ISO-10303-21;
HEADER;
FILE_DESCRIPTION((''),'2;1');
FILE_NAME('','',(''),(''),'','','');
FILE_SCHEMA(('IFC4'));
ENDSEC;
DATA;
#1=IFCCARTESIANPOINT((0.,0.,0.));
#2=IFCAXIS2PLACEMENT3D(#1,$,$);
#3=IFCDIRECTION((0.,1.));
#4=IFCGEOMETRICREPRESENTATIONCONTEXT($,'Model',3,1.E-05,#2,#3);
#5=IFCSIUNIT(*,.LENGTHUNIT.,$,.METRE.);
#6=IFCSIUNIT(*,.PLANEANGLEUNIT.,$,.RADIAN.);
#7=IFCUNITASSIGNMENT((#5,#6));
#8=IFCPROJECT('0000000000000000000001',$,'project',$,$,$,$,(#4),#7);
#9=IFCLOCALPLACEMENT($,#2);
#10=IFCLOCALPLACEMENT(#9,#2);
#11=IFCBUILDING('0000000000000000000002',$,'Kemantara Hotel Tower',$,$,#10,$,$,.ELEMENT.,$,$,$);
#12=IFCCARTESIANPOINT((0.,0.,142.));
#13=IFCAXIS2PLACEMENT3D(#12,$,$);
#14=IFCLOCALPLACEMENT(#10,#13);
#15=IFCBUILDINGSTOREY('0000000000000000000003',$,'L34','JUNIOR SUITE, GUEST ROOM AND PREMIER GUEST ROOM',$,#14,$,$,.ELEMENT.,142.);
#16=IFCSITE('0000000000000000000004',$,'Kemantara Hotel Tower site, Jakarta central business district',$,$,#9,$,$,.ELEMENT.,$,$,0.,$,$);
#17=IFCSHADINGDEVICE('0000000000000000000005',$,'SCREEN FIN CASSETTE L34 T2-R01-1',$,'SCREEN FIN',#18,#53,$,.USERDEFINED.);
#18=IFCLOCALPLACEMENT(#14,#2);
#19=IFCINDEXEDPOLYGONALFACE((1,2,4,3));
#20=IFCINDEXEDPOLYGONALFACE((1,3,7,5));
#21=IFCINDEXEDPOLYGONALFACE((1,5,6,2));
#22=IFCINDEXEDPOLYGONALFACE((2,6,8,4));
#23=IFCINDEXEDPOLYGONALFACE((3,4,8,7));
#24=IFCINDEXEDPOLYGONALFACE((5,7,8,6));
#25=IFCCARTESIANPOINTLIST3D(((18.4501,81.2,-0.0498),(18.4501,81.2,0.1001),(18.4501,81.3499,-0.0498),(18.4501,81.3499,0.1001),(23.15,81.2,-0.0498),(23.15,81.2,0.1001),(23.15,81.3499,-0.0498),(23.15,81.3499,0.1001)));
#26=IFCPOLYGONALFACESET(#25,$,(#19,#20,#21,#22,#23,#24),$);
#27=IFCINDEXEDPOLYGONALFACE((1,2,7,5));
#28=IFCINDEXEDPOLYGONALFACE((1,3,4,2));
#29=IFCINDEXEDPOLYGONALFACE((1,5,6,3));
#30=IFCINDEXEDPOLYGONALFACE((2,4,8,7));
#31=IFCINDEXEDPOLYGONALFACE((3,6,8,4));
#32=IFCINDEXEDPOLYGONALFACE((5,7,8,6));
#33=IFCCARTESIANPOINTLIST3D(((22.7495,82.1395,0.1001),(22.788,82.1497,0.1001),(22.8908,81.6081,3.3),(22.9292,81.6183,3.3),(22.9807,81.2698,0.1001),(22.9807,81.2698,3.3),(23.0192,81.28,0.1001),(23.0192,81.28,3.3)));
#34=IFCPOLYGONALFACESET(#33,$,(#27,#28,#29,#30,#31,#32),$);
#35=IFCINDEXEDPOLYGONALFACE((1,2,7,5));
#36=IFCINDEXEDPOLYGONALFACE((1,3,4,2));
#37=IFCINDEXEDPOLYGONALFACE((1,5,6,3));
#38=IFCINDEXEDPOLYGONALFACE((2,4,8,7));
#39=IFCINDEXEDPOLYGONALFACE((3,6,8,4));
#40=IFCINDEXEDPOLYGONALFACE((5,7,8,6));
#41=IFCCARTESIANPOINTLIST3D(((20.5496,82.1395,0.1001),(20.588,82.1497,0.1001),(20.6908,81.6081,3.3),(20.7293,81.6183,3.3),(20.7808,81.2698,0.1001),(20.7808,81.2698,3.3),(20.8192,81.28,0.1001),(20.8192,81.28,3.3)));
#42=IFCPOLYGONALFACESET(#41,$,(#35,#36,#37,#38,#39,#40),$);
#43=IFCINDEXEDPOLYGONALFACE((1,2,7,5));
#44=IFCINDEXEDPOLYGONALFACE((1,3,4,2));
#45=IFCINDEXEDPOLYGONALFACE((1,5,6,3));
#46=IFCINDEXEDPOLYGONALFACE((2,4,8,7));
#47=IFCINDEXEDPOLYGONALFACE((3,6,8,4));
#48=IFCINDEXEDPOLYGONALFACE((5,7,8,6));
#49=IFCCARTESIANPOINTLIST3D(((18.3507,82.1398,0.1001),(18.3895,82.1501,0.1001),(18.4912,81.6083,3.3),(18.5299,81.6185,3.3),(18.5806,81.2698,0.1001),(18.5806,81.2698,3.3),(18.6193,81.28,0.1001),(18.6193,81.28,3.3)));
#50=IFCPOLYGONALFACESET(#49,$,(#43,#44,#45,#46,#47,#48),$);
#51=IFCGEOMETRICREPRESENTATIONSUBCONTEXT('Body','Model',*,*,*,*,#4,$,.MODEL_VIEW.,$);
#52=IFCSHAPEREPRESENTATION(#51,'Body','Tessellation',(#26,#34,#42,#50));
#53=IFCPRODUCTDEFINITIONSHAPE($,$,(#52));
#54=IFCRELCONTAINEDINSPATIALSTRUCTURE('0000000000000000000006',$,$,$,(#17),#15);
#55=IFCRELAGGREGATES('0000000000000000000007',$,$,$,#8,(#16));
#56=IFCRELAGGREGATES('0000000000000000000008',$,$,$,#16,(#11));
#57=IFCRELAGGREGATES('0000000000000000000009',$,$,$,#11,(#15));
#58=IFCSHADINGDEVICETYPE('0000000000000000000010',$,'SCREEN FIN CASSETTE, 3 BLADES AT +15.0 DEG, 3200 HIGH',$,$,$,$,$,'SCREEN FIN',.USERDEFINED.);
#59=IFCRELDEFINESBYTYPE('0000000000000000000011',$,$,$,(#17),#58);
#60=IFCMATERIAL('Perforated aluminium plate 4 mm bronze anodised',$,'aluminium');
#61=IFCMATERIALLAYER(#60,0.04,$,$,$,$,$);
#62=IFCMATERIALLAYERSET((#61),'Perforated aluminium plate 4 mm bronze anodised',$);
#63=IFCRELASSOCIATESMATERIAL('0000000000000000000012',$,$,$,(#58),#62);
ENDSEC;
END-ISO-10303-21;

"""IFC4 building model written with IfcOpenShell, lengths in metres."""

from ifc_helpers import new_model, si_unit, direction, frame, origin, origin_2d, place, context, subcontext, project, spatial, polyline, rectangle, outline, extrude, source, transform, mapped, material, layer, layer_set, type_object, element, save


model = new_model("IFC4")

# Units and contexts
model_context = context("Model", 3, precision=1e-05, world=origin(), true_north=direction((0.0, 1.0)))
body_context = subcontext(model_context, "Body", "Model", "MODEL_VIEW")
ifc_project = project(units=[si_unit("LENGTHUNIT", "METRE"), si_unit("PLANEANGLEUNIT", "RADIAN")], contexts=[model_context])

# Site, building, storey
site_placement = place(None, origin())
site = spatial("IfcSite", under=ifc_project, at=site_placement, Name="Kemantara Hotel Tower site, Jakarta central business district", CompositionType="ELEMENT", RefElevation=0.0)
building_placement = place(site_placement, origin())
building = spatial("IfcBuilding", under=site, at=building_placement, Name="Kemantara Hotel Tower", CompositionType="ELEMENT")
storey_placement = place(building_placement, frame((0.0, 0.0, 142.0)))
storey = spatial("IfcBuildingStorey", under=building, at=storey_placement, Name="L34", Description="JUNIOR SUITE, GUEST ROOM AND PREMIER GUEST ROOM", CompositionType="ELEMENT", Elevation=142.0)

# Shading device
ifc_material_1 = material(Name="Perforated aluminium plate 4 mm bronze anodised", Category="aluminium")
ifc_layer_1 = layer(ifc_material_1, 0.04)
ifc_layer_set_1 = layer_set([ifc_layer_1], Name="Perforated aluminium plate 4 mm bronze anodised")
shading_device_type_1 = type_object("IfcShadingDeviceType", Name="SCREEN FIN CASSETTE, 3 BLADES AT +15.0 DEG, 3200 HIGH", ElementType="SCREEN FIN", PredefinedType="USERDEFINED", material=ifc_layer_set_1)
shared_shape_1 = source(origin(), body_context, "Body", "SweptSolid", [
    extrude(rectangle(XDim=4.7, YDim=0.1499, at=origin_2d()), frame((2.2, -0.075, -0.1499), z_axis=(0.0, 0.0, 1.0), x_axis=(1.0, 0.0, 0.0)), (0.0, 0.0, 1.0), 0.1499),
    extrude(outline(polyline([(0.0, 0.0), (0.8999, 0.0), (0.3501, 3.2), (0.0, 3.2), (0.0, 0.0)])), frame((0.0193, -0.0698, 0.0), z_axis=(-0.966438, -0.256901, 0.0), x_axis=(0.256901, -0.966438, 0.0)), (0.0, 0.0, 1.0), 0.0398),
    extrude(outline(polyline([(0.0, 0.0), (0.8999, 0.0), (0.3501, 3.2), (0.0, 3.2), (0.0, 0.0)])), frame((2.2192, -0.0698, 0.0), z_axis=(-0.966438, -0.256901, 0.0), x_axis=(0.256901, -0.966438, 0.0)), (0.0, 0.0, 1.0), 0.0398),
    extrude(outline(polyline([(0.0, 0.0), (0.8999, 0.0), (0.3501, 3.2), (0.0, 3.2), (0.0, 0.0)])), frame((4.4194, -0.0698, 0.0), z_axis=(-0.966838, -0.255391, 0.0), x_axis=(0.255391, -0.966838, 0.0)), (0.0, 0.0, 1.0), 0.04),
])
shading_device_1_placement = place(storey_placement, frame((23.0, 81.2, 0.1001), z_axis=(0.0, 0.0, 1.0), x_axis=(-1.0, 0.0, 0.0)))
element("IfcShadingDevice", 1, at=shading_device_1_placement, inside=storey, type_object=shading_device_type_1, Name="SCREEN FIN CASSETTE L34 T2-R01-1", ObjectType="SCREEN FIN", PredefinedType="USERDEFINED", context=body_context, shape_type="MappedRepresentation", body=[
    mapped(shared_shape_1, transform((0.0, 0.0, 0.0))),
])

save(model, "model.ifc")
